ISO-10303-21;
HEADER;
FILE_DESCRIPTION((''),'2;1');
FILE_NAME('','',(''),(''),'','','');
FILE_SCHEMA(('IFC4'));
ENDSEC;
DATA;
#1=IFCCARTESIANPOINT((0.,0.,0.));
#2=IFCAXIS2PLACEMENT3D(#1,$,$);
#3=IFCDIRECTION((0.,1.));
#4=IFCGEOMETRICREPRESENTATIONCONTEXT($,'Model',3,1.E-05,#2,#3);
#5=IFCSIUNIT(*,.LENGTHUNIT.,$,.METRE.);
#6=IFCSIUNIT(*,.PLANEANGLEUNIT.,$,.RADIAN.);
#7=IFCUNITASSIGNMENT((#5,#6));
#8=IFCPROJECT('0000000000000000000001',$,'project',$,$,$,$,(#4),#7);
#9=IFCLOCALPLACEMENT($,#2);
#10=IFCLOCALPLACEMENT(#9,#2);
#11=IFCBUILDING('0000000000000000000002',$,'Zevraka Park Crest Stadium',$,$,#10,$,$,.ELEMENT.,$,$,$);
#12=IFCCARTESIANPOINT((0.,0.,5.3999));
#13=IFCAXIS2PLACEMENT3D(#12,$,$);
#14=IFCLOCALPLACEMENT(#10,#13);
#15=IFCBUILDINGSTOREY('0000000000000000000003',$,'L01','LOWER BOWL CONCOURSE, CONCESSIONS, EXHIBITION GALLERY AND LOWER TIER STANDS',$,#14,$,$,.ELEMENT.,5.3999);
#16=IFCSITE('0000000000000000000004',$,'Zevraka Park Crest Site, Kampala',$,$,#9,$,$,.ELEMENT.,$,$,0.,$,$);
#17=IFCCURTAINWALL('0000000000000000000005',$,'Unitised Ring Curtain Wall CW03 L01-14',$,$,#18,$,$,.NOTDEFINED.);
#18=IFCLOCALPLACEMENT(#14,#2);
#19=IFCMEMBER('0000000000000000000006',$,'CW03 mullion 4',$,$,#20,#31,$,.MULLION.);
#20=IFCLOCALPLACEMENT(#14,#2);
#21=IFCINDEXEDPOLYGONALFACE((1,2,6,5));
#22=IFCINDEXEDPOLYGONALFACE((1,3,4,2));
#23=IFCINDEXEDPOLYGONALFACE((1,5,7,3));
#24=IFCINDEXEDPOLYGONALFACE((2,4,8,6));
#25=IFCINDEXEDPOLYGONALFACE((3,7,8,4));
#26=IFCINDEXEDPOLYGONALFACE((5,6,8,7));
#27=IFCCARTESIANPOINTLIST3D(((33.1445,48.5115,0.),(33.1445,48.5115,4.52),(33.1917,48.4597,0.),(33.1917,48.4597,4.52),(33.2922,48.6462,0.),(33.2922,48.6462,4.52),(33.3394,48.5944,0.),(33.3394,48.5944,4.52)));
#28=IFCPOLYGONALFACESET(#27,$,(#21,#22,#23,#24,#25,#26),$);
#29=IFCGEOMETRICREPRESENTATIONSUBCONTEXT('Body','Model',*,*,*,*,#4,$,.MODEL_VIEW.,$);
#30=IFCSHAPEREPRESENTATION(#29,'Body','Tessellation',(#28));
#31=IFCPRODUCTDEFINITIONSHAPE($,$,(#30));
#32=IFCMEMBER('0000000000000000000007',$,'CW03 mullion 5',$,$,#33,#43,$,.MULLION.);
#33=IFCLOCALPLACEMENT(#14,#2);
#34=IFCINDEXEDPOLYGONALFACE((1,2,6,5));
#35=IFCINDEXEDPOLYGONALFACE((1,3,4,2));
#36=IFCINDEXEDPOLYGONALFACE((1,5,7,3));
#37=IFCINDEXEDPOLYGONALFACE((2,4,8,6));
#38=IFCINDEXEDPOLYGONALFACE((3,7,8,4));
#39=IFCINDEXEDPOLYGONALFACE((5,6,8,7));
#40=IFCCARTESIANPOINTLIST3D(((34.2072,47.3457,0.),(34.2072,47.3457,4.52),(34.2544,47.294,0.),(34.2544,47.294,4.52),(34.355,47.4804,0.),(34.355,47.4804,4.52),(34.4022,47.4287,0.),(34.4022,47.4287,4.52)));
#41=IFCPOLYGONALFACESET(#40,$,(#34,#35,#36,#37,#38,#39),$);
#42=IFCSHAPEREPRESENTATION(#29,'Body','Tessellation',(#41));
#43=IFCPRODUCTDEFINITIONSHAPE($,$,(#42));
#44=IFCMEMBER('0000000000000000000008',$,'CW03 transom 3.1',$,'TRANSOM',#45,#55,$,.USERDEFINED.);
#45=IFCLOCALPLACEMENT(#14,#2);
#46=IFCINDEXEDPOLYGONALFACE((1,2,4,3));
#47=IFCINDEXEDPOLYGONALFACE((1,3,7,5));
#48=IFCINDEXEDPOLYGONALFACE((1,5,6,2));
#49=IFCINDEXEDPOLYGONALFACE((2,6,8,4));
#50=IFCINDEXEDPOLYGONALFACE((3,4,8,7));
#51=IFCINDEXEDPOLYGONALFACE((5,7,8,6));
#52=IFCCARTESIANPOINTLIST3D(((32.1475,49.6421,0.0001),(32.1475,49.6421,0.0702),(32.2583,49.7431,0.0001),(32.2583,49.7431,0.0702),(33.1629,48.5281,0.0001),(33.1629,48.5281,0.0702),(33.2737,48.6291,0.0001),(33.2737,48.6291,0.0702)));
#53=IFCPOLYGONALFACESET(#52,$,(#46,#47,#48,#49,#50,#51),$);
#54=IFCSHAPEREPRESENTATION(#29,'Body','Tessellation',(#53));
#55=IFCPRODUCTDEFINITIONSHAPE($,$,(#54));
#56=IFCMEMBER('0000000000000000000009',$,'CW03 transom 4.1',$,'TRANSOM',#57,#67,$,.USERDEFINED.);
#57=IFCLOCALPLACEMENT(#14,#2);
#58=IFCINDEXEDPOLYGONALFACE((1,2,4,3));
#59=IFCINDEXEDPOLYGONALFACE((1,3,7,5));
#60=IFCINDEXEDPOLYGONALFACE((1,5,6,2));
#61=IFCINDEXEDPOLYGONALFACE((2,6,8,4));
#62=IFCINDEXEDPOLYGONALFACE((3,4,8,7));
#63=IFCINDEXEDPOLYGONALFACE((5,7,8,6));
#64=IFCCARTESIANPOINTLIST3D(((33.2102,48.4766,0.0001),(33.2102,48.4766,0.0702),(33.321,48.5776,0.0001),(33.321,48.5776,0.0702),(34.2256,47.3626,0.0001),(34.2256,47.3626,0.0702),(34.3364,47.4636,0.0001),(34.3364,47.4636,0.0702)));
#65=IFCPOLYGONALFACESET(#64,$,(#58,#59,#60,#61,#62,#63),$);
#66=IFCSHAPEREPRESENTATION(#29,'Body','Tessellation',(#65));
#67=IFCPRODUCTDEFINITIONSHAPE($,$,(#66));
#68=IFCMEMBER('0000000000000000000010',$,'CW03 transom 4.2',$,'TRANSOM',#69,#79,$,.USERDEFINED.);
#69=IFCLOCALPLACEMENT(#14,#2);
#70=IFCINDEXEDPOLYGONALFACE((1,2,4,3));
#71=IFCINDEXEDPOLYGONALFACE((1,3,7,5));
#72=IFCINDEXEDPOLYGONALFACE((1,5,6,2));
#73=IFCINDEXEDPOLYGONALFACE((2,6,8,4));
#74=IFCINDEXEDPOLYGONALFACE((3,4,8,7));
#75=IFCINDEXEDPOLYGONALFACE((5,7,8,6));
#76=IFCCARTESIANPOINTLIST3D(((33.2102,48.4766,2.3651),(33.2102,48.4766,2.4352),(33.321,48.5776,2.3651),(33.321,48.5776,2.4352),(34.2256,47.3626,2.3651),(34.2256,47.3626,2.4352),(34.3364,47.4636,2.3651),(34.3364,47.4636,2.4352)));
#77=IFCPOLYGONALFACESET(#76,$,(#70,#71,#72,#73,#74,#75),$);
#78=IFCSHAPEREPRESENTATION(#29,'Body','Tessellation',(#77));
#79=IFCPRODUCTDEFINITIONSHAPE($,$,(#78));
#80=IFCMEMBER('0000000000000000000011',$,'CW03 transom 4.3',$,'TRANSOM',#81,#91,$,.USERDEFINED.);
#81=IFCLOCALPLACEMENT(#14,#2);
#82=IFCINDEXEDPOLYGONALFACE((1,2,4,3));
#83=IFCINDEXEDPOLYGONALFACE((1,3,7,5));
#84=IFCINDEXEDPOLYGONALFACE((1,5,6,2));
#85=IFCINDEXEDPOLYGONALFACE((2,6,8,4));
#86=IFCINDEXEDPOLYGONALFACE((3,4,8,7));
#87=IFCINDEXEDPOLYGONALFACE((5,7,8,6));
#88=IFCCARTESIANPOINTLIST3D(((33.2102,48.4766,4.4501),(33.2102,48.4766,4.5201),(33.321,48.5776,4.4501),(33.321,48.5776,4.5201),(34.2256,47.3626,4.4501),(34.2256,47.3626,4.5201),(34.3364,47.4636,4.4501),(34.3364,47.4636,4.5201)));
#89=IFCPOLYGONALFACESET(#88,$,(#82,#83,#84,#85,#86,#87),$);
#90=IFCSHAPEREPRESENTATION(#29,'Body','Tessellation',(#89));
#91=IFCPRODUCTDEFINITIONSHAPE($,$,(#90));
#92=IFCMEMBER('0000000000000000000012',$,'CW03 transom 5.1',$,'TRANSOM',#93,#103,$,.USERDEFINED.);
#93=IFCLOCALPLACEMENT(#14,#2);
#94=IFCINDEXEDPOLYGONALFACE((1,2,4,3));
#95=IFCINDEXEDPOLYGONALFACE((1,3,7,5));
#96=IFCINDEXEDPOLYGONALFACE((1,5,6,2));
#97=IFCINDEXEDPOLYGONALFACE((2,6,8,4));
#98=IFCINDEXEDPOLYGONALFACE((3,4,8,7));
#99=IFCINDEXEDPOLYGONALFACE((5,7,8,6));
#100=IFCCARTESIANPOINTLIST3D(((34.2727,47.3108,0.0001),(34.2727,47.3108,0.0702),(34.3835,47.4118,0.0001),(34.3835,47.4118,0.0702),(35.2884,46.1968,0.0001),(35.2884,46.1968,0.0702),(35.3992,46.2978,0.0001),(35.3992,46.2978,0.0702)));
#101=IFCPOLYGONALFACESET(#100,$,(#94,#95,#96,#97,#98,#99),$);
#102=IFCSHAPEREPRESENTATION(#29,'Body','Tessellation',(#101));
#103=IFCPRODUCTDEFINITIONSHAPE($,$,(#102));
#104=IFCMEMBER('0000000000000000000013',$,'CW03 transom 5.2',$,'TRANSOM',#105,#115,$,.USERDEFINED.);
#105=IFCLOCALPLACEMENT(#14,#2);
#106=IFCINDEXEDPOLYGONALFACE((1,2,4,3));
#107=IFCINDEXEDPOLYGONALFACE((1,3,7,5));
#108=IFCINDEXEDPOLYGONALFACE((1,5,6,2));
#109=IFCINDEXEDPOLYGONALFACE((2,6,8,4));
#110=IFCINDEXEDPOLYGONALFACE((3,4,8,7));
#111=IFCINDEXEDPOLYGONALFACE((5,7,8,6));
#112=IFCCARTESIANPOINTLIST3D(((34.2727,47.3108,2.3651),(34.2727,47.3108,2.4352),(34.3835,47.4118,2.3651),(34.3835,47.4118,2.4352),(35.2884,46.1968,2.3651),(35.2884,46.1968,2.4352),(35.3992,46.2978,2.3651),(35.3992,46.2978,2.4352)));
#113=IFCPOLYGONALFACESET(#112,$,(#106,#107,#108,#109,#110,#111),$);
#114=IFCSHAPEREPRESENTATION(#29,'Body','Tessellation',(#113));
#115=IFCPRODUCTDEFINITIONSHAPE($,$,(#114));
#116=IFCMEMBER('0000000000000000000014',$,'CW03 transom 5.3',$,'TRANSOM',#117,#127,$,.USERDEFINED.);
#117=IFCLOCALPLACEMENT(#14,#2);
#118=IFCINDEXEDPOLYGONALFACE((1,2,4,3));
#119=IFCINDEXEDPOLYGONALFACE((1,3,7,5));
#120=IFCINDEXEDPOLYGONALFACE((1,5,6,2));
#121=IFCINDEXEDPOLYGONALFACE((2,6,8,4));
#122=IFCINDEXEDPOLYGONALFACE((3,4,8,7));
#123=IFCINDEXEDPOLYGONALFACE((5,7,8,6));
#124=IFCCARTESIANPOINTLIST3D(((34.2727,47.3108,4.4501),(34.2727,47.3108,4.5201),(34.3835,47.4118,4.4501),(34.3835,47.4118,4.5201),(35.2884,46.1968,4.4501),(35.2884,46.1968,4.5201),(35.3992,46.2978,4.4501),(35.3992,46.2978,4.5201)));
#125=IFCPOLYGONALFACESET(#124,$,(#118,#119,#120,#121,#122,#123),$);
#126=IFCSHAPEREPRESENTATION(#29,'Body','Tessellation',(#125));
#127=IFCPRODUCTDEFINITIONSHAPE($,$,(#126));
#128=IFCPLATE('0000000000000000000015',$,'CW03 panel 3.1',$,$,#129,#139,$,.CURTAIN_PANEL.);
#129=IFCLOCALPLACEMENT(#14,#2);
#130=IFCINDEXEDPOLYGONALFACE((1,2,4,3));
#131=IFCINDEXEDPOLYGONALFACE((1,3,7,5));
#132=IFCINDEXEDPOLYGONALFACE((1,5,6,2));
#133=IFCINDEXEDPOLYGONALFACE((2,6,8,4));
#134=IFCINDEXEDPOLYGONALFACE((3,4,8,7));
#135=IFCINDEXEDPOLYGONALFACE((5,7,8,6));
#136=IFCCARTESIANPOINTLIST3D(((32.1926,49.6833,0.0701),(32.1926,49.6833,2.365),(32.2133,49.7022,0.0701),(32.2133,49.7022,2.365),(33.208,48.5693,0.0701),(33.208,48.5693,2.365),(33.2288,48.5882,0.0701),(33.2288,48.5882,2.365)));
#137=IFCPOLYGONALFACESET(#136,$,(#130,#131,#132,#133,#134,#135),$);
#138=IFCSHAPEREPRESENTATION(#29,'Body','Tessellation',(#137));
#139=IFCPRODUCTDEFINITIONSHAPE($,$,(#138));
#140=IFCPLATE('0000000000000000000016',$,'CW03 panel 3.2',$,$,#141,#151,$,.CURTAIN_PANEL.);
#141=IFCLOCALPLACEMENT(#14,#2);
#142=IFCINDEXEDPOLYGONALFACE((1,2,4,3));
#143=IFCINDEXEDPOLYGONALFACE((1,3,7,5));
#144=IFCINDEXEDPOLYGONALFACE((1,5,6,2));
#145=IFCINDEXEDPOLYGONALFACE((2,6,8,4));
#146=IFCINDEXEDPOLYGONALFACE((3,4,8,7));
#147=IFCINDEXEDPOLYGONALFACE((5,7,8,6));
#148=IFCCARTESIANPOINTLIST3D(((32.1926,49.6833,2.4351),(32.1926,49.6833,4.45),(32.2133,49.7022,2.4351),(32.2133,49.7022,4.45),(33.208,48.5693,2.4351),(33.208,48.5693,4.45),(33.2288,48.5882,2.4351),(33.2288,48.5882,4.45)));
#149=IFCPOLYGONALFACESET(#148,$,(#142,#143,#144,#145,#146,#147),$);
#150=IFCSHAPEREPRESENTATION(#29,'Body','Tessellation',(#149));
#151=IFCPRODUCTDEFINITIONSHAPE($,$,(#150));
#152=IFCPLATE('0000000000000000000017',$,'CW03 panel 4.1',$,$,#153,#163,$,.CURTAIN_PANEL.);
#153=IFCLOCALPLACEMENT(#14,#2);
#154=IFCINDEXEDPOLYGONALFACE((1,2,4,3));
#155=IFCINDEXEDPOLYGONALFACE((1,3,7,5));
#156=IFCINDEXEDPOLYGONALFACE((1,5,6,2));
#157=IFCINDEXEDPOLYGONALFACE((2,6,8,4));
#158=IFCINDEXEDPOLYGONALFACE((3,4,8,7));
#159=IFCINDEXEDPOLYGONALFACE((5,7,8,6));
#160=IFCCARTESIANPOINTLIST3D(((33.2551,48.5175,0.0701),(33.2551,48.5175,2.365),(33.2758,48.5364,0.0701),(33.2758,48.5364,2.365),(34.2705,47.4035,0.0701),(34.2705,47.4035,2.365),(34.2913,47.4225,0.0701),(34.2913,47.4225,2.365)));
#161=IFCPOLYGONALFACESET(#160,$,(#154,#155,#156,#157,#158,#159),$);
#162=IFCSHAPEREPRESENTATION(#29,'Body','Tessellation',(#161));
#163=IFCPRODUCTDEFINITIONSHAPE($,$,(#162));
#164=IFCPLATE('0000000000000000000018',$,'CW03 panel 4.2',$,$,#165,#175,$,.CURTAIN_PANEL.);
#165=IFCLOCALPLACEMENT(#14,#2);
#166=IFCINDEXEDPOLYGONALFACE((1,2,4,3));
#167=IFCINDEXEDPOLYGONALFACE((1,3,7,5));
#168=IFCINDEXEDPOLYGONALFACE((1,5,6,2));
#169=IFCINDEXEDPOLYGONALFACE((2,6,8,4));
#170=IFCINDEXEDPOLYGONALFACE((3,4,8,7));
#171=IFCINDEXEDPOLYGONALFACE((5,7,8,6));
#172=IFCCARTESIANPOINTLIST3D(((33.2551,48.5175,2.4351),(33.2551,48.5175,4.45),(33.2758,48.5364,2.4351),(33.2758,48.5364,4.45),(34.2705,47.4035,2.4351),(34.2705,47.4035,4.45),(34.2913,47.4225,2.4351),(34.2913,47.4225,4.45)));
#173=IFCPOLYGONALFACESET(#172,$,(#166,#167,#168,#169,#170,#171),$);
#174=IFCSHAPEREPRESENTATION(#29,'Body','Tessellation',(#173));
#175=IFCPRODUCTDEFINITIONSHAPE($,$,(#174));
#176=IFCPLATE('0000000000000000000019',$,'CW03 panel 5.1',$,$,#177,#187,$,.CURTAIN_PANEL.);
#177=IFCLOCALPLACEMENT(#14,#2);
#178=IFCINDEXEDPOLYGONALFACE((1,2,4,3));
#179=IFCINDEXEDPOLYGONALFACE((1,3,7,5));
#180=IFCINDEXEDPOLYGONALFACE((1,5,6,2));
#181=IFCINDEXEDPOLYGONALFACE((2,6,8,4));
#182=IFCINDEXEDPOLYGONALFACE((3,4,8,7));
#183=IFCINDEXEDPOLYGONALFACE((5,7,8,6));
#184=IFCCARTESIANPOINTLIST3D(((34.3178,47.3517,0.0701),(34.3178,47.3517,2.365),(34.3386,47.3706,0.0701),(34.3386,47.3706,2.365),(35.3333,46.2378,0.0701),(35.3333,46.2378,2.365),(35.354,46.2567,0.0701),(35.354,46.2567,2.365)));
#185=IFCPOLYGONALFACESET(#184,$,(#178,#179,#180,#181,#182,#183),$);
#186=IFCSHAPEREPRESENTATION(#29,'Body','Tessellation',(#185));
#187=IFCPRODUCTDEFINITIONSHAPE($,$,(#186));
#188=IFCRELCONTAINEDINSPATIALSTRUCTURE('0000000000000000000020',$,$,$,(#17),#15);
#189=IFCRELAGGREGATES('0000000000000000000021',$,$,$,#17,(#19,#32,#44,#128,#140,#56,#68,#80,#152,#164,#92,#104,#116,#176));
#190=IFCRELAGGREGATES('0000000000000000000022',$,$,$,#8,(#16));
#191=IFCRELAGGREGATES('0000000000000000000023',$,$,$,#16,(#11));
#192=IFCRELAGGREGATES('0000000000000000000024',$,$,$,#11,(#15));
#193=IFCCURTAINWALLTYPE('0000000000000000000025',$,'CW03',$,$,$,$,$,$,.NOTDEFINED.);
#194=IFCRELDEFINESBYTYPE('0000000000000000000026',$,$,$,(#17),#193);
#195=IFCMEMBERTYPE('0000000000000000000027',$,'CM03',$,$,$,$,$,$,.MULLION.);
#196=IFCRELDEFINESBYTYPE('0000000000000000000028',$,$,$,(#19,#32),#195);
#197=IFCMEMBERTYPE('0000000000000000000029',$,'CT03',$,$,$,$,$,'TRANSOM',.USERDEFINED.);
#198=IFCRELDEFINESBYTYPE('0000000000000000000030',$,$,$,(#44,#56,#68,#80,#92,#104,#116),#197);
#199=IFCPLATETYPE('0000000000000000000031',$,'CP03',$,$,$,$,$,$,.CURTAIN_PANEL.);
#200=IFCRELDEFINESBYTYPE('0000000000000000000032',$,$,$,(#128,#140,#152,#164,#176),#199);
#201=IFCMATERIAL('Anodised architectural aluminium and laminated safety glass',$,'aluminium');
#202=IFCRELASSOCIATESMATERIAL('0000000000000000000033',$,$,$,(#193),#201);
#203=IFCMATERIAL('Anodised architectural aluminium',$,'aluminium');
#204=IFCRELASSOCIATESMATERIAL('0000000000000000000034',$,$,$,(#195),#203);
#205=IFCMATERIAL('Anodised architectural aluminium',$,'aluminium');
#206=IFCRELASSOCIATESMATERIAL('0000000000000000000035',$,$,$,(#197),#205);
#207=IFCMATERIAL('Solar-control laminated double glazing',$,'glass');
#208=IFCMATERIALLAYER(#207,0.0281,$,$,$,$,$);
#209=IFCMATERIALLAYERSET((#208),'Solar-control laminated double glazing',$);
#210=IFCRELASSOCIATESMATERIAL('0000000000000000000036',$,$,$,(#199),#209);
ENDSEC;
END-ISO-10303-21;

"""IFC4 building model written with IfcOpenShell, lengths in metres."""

from ifc_helpers import new_model, si_unit, direction, frame, origin, origin_2d, place, context, subcontext, project, spatial, rectangle, extrude, material, layer, layer_set, material_profile, profile_set, type_object, element, aggregate, save


model = new_model("IFC4")

# Units and contexts
model_context = context("Model", 3, precision=1e-05, world=origin(), true_north=direction((0.0, 1.0)))
body_context = subcontext(model_context, "Body", "Model", "MODEL_VIEW")
ifc_project = project(units=[si_unit("LENGTHUNIT", "METRE"), si_unit("PLANEANGLEUNIT", "RADIAN")], contexts=[model_context])

# Site, building, storey
site_placement = place(None, origin())
site = spatial("IfcSite", under=ifc_project, at=site_placement, Name="Zevraka Park Crest Site, Kampala", CompositionType="ELEMENT", RefElevation=0.0)
building_placement = place(site_placement, origin())
building = spatial("IfcBuilding", under=site, at=building_placement, Name="Zevraka Park Crest Stadium", CompositionType="ELEMENT")
storey_placement = place(building_placement, frame((0.0, 0.0, 5.3999)))
storey = spatial("IfcBuildingStorey", under=building, at=storey_placement, Name="L01", Description="LOWER BOWL CONCOURSE, CONCESSIONS, EXHIBITION GALLERY AND LOWER TIER STANDS", CompositionType="ELEMENT", Elevation=5.3999)

# Curtain wall, members, plates
ifc_material_1 = material(Name="Anodised architectural aluminium and laminated safety glass", Category="aluminium")
curtain_wall_type = type_object("IfcCurtainWallType", Name="CW03", PredefinedType="NOTDEFINED", material=ifc_material_1)
curtain_wall_placement = place(storey_placement, origin())
curtain_wall = element("IfcCurtainWall", 1, at=curtain_wall_placement, inside=storey, type_object=curtain_wall_type, Name="Unitised Ring Curtain Wall CW03 L01-14", PredefinedType="NOTDEFINED")
ifc_material_2 = material(Name="Anodised architectural aluminium", Category="aluminium")
ifc_material_profile_1 = material_profile(ifc_material_2, rectangle(XDim=0.2, YDim=0.0701, at=origin_2d()), Name="ALU MULLION 200x70")
ifc_profile_set_1 = profile_set([ifc_material_profile_1], Name="Anodised architectural aluminium")
member_type_1 = type_object("IfcMemberType", Name="CM03", PredefinedType="MULLION", material=ifc_profile_set_1)
member_1_placement = place(storey_placement, frame((33.2419, 48.553, 0.0), z_axis=(0.0, 0.0, 1.0), x_axis=(0.739023, 0.67368, 0.0)))
member_1 = element("IfcMember", 2, at=member_1_placement, type_object=member_type_1, Name="CW03 mullion 4", PredefinedType="MULLION", context=body_context, shape_type="SweptSolid", body=[
    extrude(rectangle(XDim=0.2, YDim=0.0701, at=origin_2d()), origin(), (0.0, 0.0, 1.0), 4.52),
])
member_2_placement = place(storey_placement, frame((34.3047, 47.3872, 0.0), z_axis=(0.0, 0.0, 1.0), x_axis=(0.739023, 0.67368, 0.0)))
member_2 = element("IfcMember", 3, at=member_2_placement, type_object=member_type_1, Name="CW03 mullion 5", PredefinedType="MULLION", context=body_context, shape_type="SweptSolid", body=[
    extrude(rectangle(XDim=0.2, YDim=0.0701, at=origin_2d()), origin(), (0.0, 0.0, 1.0), 4.52),
])
ifc_material_3 = material(Name="Anodised architectural aluminium", Category="aluminium")
ifc_material_profile_2 = material_profile(ifc_material_3, rectangle(XDim=0.1499, YDim=0.0701, at=origin_2d()), Name="ALU TRANSOM 150x70")
ifc_profile_set_2 = profile_set([ifc_material_profile_2], Name="Anodised architectural aluminium")
member_type_2 = type_object("IfcMemberType", Name="CT03", ElementType="TRANSOM", PredefinedType="USERDEFINED", material=ifc_profile_set_2)
member_3_placement = place(storey_placement, frame((32.2029, 49.6926, 0.0352), z_axis=(0.673632, -0.739067, 0.0), x_axis=(0.739067, 0.673632, 0.0)))
member_3 = element("IfcMember", 4, at=member_3_placement, type_object=member_type_2, Name="CW03 transom 3.1", ObjectType="TRANSOM", PredefinedType="USERDEFINED", context=body_context, shape_type="SweptSolid", body=[
    extrude(rectangle(XDim=0.1499, YDim=0.0701, at=origin_2d()), origin(), (0.0, 0.0, 1.0), 1.5073),
])
member_4_placement = place(storey_placement, frame((33.2656, 48.5271, 0.0352), z_axis=(0.673632, -0.739067, 0.0), x_axis=(0.739067, 0.673632, 0.0)))
member_4 = element("IfcMember", 5, at=member_4_placement, type_object=member_type_2, Name="CW03 transom 4.1", ObjectType="TRANSOM", PredefinedType="USERDEFINED", context=body_context, shape_type="SweptSolid", body=[
    extrude(rectangle(XDim=0.1499, YDim=0.0701, at=origin_2d()), origin(), (0.0, 0.0, 1.0), 1.5073),
])
member_5_placement = place(storey_placement, frame((33.2656, 48.5271, 2.4001), z_axis=(0.673632, -0.739067, 0.0), x_axis=(0.739067, 0.673632, 0.0)))
member_5 = element("IfcMember", 6, at=member_5_placement, type_object=member_type_2, Name="CW03 transom 4.2", ObjectType="TRANSOM", PredefinedType="USERDEFINED", context=body_context, shape_type="SweptSolid", body=[
    extrude(rectangle(XDim=0.1499, YDim=0.0701, at=origin_2d()), origin(), (0.0, 0.0, 1.0), 1.5073),
])
member_6_placement = place(storey_placement, frame((33.2656, 48.5271, 4.4851), z_axis=(0.673632, -0.739067, 0.0), x_axis=(0.739067, 0.673632, 0.0)))
member_6 = element("IfcMember", 7, at=member_6_placement, type_object=member_type_2, Name="CW03 transom 4.3", ObjectType="TRANSOM", PredefinedType="USERDEFINED", context=body_context, shape_type="SweptSolid", body=[
    extrude(rectangle(XDim=0.1499, YDim=0.0701, at=origin_2d()), origin(), (0.0, 0.0, 1.0), 1.5073),
])
member_7_placement = place(storey_placement, frame((34.3281, 47.3613, 0.0352), z_axis=(0.67372, -0.738987, 0.0), x_axis=(0.738987, 0.67372, 0.0)))
member_7 = element("IfcMember", 8, at=member_7_placement, type_object=member_type_2, Name="CW03 transom 5.1", ObjectType="TRANSOM", PredefinedType="USERDEFINED", context=body_context, shape_type="SweptSolid", body=[
    extrude(rectangle(XDim=0.1499, YDim=0.0701, at=origin_2d()), origin(), (0.0, 0.0, 1.0), 1.5076),
])
member_8_placement = place(storey_placement, frame((34.3281, 47.3613, 2.4001), z_axis=(0.67372, -0.738987, 0.0), x_axis=(0.738987, 0.67372, 0.0)))
member_8 = element("IfcMember", 9, at=member_8_placement, type_object=member_type_2, Name="CW03 transom 5.2", ObjectType="TRANSOM", PredefinedType="USERDEFINED", context=body_context, shape_type="SweptSolid", body=[
    extrude(rectangle(XDim=0.1499, YDim=0.0701, at=origin_2d()), origin(), (0.0, 0.0, 1.0), 1.5076),
])
member_9_placement = place(storey_placement, frame((34.3281, 47.3613, 4.4851), z_axis=(0.67372, -0.738987, 0.0), x_axis=(0.738987, 0.67372, 0.0)))
member_9 = element("IfcMember", 10, at=member_9_placement, type_object=member_type_2, Name="CW03 transom 5.3", ObjectType="TRANSOM", PredefinedType="USERDEFINED", context=body_context, shape_type="SweptSolid", body=[
    extrude(rectangle(XDim=0.1499, YDim=0.0701, at=origin_2d()), origin(), (0.0, 0.0, 1.0), 1.5076),
])
ifc_material_4 = material(Name="Solar-control laminated double glazing", Category="glass")
ifc_layer_1 = layer(ifc_material_4, 0.0281)
ifc_layer_set_1 = layer_set([ifc_layer_1], Name="Solar-control laminated double glazing")
plate_type = type_object("IfcPlateType", Name="CP03", PredefinedType="CURTAIN_PANEL", material=ifc_layer_set_1)
plate_1_placement = place(storey_placement, frame((32.7107, 49.1357, 0.0701), z_axis=(0.0, 0.0, 1.0), x_axis=(0.67368, -0.739023, 0.0)))
plate_1 = element("IfcPlate", 11, at=plate_1_placement, type_object=plate_type, Name="CW03 panel 3.1", PredefinedType="CURTAIN_PANEL", context=body_context, shape_type="SweptSolid", body=[
    extrude(rectangle(XDim=1.5073, YDim=0.0281, at=origin_2d()), origin(), (0.0, 0.0, 1.0), 2.2949),
])
plate_2_placement = place(storey_placement, frame((32.7107, 49.1357, 2.4351), z_axis=(0.0, 0.0, 1.0), x_axis=(0.67368, -0.739023, 0.0)))
plate_2 = element("IfcPlate", 12, at=plate_2_placement, type_object=plate_type, Name="CW03 panel 3.2", PredefinedType="CURTAIN_PANEL", context=body_context, shape_type="SweptSolid", body=[
    extrude(rectangle(XDim=1.5073, YDim=0.0281, at=origin_2d()), origin(), (0.0, 0.0, 1.0), 2.0149),
])
plate_3_placement = place(storey_placement, frame((33.7732, 47.97, 0.0701), z_axis=(0.0, 0.0, 1.0), x_axis=(0.67368, -0.739023, 0.0)))
plate_3 = element("IfcPlate", 13, at=plate_3_placement, type_object=plate_type, Name="CW03 panel 4.1", PredefinedType="CURTAIN_PANEL", context=body_context, shape_type="SweptSolid", body=[
    extrude(rectangle(XDim=1.5073, YDim=0.0281, at=origin_2d()), origin(), (0.0, 0.0, 1.0), 2.2949),
])
plate_4_placement = place(storey_placement, frame((33.7732, 47.97, 2.4351), z_axis=(0.0, 0.0, 1.0), x_axis=(0.67368, -0.739023, 0.0)))
plate_4 = element("IfcPlate", 14, at=plate_4_placement, type_object=plate_type, Name="CW03 panel 4.2", PredefinedType="CURTAIN_PANEL", context=body_context, shape_type="SweptSolid", body=[
    extrude(rectangle(XDim=1.5073, YDim=0.0281, at=origin_2d()), origin(), (0.0, 0.0, 1.0), 2.0149),
])
plate_5_placement = place(storey_placement, frame((34.8359, 46.8042, 0.0701), z_axis=(0.0, 0.0, 1.0), x_axis=(0.67368, -0.739023, 0.0)))
plate_5 = element("IfcPlate", 15, at=plate_5_placement, type_object=plate_type, Name="CW03 panel 5.1", PredefinedType="CURTAIN_PANEL", context=body_context, shape_type="SweptSolid", body=[
    extrude(rectangle(XDim=1.5073, YDim=0.0281, at=origin_2d()), origin(), (0.0, 0.0, 1.0), 2.2949),
])
aggregate(curtain_wall, [member_1, member_2, member_3, plate_1, plate_2, member_4, member_5, member_6, plate_3, plate_4, member_7, member_8, member_9, plate_5])

save(model, "model.ifc")
